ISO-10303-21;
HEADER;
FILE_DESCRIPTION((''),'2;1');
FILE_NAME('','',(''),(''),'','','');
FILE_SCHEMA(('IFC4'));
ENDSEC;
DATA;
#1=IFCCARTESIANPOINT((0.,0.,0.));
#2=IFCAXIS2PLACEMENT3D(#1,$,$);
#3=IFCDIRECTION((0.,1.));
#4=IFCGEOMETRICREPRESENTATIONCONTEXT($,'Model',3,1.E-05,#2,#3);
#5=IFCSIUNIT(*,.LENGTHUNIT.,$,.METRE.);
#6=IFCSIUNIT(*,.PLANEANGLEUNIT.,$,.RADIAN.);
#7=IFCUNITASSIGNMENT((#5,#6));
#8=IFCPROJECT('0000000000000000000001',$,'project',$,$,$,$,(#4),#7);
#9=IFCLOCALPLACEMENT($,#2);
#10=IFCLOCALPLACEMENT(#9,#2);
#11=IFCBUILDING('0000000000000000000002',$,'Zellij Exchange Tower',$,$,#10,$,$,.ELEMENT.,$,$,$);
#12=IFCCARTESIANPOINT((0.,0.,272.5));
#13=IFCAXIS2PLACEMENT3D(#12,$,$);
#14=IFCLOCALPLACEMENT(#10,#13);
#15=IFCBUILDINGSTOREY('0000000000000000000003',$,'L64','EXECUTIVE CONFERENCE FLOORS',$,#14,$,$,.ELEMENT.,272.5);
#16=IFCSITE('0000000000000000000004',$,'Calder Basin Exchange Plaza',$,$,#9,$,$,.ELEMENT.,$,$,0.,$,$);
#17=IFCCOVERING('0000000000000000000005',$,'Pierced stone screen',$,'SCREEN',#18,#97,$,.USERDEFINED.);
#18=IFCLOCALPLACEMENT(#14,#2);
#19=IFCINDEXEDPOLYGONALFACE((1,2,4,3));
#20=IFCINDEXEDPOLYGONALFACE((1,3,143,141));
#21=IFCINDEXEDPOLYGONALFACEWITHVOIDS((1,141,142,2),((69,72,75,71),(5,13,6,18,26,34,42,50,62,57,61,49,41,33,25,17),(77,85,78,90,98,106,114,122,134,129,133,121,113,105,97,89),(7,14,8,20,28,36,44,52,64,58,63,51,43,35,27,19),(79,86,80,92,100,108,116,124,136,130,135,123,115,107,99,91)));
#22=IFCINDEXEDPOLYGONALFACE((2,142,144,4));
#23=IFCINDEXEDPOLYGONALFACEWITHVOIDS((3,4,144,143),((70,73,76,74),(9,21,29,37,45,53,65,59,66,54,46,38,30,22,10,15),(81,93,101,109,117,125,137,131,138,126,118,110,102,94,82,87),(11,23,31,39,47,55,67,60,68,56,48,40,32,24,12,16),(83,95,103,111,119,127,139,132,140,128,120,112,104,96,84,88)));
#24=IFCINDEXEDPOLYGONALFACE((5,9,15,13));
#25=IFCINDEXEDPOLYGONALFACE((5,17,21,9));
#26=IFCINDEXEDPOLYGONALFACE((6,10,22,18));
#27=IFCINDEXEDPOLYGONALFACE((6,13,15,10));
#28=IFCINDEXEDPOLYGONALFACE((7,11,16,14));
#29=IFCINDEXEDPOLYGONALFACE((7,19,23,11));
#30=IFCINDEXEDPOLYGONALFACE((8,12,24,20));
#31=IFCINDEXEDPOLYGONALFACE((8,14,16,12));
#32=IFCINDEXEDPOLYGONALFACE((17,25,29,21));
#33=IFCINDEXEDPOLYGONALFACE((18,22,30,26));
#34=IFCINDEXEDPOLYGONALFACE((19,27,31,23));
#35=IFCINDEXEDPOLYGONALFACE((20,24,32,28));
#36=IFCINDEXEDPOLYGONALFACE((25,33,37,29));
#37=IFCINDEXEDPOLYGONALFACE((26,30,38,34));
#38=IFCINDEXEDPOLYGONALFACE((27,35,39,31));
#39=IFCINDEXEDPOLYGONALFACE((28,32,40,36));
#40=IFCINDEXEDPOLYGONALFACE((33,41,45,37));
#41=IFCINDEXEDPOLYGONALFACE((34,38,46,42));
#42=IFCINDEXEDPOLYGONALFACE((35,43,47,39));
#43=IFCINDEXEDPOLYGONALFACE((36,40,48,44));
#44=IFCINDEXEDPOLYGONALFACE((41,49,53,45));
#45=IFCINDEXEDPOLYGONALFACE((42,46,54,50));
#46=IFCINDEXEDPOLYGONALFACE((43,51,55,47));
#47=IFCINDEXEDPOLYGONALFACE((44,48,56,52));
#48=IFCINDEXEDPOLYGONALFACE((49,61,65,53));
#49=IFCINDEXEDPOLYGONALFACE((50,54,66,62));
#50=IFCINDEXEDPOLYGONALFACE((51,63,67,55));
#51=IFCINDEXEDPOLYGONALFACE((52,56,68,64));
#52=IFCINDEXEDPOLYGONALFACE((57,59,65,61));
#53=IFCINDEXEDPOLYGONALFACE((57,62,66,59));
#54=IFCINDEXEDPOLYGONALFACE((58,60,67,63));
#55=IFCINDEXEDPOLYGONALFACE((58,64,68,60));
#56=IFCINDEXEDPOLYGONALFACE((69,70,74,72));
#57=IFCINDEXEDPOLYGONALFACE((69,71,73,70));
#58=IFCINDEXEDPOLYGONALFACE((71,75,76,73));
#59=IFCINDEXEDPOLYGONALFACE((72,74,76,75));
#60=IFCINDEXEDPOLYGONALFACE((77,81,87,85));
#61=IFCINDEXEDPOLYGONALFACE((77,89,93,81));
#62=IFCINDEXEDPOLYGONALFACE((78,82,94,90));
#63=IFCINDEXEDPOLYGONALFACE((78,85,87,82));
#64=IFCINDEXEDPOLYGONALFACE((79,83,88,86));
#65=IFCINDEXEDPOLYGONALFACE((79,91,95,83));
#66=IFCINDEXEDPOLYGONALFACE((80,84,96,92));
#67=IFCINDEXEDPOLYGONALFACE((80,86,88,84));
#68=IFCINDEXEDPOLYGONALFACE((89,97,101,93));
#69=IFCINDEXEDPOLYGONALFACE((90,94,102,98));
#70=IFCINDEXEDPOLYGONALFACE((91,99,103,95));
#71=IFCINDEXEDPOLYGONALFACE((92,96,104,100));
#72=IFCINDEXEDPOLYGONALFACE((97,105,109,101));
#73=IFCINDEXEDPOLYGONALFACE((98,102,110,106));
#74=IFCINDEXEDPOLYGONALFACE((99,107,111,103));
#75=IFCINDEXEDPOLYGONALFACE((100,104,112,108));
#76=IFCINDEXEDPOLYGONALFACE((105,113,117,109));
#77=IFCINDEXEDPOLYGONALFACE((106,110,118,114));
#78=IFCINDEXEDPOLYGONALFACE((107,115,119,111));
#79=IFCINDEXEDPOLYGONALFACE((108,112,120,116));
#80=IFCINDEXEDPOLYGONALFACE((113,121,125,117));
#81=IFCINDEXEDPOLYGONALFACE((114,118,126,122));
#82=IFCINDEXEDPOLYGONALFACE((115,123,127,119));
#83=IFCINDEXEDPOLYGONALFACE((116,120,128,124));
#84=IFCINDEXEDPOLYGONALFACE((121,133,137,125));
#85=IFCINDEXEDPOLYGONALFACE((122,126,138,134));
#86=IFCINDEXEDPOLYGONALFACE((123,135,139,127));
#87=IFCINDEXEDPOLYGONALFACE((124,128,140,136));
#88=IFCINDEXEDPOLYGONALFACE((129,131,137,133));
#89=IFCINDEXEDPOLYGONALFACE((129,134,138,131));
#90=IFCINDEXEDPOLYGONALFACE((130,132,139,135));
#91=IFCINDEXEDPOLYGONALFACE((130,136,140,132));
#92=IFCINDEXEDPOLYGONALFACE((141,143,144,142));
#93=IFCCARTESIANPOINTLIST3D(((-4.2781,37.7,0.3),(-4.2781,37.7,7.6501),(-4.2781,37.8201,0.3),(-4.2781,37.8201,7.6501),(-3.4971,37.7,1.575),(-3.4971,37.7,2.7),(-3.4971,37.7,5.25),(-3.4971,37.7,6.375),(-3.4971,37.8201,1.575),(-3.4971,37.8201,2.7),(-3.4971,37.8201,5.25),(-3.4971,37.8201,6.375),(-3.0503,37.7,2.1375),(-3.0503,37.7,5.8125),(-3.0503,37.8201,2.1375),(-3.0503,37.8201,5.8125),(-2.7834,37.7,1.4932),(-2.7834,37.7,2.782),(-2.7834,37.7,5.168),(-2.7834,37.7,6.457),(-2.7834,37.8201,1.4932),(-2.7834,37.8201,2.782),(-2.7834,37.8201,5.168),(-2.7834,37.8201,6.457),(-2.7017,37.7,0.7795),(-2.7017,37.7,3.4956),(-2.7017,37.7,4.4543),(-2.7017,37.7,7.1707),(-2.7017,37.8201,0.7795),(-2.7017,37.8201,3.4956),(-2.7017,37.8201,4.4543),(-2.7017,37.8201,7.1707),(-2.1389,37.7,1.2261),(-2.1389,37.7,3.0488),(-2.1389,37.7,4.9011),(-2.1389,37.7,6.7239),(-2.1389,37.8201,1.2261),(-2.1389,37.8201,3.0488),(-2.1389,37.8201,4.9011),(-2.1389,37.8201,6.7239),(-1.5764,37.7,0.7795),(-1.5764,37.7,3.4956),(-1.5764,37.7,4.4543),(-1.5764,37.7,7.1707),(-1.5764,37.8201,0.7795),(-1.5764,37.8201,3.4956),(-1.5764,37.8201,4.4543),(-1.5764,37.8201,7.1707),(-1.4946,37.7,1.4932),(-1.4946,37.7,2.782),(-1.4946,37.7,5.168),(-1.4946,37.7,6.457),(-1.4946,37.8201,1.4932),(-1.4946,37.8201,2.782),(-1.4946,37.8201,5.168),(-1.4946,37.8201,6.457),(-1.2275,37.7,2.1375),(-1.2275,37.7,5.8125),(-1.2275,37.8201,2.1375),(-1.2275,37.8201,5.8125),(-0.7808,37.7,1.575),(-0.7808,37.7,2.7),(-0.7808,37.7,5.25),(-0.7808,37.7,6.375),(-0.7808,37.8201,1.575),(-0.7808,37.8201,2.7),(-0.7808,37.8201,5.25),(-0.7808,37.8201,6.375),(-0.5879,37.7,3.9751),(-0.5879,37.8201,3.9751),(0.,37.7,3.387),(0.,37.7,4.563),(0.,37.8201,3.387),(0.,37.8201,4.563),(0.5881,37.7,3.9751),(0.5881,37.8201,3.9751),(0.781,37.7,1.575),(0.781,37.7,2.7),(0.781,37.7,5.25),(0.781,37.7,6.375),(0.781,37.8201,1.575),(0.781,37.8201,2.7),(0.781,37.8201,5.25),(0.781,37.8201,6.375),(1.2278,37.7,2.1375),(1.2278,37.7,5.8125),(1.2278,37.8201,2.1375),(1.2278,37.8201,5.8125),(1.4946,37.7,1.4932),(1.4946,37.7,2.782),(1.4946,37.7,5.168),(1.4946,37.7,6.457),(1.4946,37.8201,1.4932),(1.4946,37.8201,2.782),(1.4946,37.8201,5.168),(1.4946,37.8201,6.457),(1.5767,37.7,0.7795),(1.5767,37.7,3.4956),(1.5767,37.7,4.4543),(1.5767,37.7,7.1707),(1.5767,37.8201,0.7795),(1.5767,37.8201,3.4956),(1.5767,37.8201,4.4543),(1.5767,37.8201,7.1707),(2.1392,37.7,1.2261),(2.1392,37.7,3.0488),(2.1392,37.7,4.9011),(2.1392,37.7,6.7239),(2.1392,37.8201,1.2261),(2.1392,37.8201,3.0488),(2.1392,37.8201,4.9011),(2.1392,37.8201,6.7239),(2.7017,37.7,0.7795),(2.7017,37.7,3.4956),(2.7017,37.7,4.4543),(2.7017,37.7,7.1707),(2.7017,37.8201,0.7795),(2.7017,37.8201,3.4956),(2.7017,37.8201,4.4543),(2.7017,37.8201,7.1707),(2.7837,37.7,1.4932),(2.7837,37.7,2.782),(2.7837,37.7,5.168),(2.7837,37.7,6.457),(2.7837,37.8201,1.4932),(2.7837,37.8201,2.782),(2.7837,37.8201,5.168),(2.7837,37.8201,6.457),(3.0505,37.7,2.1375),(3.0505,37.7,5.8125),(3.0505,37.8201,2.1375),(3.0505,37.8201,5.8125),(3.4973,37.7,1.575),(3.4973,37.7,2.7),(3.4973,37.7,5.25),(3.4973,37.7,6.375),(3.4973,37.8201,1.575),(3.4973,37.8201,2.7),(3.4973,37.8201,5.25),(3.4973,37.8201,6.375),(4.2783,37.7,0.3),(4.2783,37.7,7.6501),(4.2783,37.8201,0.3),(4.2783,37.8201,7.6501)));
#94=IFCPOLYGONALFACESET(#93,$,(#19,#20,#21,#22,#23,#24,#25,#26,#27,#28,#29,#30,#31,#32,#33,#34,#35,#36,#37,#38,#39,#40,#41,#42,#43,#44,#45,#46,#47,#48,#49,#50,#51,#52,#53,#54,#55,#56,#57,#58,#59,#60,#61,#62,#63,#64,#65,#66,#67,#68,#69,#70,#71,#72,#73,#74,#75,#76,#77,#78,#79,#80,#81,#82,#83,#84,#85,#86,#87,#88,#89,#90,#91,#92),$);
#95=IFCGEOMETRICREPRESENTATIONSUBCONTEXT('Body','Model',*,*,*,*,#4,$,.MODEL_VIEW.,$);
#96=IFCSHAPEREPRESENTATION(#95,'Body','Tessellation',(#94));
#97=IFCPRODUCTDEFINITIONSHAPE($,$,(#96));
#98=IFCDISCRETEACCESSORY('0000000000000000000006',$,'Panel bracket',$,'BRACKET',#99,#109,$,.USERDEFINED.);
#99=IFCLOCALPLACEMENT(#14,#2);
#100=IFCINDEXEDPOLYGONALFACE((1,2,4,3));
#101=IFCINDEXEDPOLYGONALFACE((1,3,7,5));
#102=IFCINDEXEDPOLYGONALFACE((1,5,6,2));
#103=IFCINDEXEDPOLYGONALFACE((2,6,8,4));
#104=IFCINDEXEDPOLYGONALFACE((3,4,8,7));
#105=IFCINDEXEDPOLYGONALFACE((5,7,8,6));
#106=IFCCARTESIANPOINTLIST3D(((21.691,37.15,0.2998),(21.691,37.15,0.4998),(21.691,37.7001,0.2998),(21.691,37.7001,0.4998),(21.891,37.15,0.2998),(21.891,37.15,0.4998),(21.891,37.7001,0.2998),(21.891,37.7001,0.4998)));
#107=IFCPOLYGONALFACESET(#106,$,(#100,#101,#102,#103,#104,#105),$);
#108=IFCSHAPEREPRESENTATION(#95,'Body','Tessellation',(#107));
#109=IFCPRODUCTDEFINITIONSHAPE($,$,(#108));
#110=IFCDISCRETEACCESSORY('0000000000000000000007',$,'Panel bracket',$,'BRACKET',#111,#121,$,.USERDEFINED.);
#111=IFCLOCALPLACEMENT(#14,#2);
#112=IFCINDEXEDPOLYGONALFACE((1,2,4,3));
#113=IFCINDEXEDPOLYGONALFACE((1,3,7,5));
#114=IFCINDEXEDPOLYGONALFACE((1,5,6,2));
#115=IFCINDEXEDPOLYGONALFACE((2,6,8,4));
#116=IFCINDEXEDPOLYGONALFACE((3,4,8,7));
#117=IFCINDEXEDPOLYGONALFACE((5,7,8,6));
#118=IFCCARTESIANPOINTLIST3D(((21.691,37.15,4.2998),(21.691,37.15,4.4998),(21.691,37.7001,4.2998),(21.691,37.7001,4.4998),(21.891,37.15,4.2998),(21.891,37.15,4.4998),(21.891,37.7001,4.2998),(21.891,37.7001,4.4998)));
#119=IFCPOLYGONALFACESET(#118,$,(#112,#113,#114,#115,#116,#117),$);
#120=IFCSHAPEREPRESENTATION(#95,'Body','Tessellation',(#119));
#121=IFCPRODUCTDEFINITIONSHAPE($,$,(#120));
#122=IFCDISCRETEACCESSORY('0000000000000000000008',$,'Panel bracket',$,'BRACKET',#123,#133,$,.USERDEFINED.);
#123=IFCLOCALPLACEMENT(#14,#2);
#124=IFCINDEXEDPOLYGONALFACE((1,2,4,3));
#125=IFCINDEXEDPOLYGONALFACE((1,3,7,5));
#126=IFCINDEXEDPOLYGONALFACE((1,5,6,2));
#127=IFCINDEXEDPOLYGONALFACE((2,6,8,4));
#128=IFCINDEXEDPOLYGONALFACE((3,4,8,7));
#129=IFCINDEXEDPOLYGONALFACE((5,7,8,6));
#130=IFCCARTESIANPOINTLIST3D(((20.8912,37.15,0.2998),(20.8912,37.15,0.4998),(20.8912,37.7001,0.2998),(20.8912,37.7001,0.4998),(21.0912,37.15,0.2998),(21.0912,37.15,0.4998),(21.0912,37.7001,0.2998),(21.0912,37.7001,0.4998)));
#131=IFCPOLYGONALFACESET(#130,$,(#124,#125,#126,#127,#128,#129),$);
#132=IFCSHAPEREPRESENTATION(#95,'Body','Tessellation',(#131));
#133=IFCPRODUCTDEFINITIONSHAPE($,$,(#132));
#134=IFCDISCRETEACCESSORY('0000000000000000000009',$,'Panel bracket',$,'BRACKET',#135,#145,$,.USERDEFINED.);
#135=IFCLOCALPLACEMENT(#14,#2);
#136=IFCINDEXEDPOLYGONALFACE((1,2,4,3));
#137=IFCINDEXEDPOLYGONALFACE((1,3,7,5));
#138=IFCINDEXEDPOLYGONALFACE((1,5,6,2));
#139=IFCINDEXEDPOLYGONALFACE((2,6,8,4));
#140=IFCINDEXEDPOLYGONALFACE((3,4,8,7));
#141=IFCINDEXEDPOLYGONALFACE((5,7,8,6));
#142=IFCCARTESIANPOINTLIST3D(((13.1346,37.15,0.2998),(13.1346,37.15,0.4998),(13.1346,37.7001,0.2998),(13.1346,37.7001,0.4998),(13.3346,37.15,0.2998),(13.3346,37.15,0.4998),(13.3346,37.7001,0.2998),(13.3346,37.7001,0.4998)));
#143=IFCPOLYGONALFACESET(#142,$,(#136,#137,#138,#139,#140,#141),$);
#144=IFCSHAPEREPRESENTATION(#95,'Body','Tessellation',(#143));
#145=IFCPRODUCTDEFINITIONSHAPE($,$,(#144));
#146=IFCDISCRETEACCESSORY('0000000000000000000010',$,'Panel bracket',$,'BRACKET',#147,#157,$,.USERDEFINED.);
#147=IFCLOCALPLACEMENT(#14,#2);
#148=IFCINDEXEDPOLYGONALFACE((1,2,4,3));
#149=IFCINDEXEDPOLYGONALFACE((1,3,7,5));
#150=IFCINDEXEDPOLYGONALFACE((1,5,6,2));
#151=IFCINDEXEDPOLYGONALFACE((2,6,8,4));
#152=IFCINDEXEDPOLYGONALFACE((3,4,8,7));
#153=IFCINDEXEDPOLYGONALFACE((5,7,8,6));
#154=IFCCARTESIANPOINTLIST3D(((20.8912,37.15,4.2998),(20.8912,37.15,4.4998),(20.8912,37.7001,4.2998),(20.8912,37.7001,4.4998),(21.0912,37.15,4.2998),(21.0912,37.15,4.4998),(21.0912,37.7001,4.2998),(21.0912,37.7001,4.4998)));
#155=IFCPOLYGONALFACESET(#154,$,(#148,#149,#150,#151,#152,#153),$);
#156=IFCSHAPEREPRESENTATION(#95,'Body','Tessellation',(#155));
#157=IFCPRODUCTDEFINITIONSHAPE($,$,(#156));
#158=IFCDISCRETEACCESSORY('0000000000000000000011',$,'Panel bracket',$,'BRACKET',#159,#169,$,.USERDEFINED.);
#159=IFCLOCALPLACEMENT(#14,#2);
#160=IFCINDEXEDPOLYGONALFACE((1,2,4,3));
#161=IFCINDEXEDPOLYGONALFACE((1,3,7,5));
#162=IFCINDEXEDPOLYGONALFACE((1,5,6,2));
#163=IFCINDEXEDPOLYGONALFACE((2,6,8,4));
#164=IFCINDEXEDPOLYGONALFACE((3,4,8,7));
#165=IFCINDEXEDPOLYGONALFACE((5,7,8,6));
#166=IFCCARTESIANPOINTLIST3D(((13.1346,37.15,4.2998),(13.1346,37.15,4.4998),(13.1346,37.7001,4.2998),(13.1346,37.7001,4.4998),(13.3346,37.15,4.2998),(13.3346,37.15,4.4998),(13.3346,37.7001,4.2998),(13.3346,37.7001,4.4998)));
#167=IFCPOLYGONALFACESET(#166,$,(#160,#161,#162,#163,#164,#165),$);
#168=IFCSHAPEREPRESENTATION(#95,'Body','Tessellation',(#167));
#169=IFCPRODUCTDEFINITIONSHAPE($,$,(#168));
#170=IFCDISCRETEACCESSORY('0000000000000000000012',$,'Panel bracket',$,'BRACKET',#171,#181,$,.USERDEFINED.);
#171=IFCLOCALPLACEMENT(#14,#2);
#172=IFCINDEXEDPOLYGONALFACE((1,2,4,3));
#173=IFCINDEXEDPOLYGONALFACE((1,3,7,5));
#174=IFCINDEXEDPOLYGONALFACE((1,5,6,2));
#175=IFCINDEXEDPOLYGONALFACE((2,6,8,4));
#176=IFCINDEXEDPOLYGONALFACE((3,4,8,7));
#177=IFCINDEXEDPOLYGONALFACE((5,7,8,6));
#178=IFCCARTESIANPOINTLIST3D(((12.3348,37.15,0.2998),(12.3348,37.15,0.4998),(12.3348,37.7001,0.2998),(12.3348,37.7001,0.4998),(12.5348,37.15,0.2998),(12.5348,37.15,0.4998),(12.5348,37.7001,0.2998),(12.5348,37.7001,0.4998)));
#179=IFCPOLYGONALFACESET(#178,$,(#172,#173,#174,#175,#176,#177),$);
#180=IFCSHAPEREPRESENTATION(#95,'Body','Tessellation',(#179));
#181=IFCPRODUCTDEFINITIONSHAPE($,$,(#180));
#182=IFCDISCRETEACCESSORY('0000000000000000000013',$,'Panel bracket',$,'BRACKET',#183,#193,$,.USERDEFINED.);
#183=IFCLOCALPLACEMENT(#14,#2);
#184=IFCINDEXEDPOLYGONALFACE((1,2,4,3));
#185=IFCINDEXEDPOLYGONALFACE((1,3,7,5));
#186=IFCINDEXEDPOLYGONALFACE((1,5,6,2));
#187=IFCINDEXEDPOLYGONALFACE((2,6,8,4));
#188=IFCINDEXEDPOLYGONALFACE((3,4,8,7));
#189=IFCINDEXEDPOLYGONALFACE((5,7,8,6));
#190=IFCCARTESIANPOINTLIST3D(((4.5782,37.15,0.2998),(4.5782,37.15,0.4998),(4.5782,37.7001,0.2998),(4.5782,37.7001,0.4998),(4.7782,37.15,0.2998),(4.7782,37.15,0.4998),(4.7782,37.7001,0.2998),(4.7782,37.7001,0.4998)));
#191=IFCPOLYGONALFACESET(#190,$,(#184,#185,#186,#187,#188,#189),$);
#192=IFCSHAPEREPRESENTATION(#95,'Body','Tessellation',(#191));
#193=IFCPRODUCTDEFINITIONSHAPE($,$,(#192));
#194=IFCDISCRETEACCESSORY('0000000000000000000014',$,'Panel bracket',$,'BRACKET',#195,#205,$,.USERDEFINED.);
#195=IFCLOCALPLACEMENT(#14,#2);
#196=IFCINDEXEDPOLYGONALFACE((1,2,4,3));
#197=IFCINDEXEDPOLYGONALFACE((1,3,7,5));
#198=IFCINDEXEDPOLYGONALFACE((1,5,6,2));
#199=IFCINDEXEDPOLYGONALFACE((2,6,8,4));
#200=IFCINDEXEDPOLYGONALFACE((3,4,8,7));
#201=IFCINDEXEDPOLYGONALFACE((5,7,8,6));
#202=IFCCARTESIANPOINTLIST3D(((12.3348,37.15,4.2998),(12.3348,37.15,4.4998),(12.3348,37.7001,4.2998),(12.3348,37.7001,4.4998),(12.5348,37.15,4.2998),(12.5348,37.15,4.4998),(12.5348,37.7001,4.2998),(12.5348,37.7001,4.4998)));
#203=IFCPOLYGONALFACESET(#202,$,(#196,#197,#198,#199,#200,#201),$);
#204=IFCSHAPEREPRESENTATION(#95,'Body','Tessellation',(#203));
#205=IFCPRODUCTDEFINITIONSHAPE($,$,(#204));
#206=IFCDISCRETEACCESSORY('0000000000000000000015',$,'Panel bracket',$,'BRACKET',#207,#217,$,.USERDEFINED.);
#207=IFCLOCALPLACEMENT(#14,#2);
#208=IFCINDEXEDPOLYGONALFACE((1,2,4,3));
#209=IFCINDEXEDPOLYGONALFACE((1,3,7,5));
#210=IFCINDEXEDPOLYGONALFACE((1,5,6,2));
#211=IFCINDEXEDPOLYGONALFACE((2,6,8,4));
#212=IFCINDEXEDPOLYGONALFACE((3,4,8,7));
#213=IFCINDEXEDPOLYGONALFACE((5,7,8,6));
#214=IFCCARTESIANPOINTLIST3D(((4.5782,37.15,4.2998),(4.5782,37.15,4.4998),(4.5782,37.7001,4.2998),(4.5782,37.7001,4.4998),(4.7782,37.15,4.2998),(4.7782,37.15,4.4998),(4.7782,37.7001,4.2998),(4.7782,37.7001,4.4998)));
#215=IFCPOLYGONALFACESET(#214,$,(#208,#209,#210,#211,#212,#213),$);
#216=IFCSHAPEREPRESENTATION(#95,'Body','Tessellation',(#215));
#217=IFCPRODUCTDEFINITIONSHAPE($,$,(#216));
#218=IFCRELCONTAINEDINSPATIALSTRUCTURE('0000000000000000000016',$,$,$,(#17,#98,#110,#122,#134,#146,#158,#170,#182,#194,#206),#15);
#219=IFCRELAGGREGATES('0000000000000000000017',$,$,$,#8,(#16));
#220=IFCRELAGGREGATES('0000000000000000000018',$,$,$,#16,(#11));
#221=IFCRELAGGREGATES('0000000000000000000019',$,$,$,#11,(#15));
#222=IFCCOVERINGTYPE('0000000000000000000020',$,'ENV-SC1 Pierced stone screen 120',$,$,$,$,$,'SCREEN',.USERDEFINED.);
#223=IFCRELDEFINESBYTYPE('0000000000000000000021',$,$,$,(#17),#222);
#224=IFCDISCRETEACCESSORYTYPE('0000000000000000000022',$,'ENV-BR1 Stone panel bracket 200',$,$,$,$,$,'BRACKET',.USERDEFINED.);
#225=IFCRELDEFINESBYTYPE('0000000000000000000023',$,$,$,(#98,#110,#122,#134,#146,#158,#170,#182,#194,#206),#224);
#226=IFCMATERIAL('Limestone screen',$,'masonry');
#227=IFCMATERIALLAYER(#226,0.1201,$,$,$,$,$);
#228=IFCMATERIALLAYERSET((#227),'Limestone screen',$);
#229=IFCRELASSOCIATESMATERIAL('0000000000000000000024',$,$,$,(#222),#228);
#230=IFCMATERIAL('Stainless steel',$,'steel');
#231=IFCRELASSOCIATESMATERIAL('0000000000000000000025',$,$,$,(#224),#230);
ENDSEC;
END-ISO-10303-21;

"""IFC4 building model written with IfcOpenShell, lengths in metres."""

from ifc_helpers import new_model, si_unit, direction, frame, origin, origin_2d, place, context, subcontext, project, spatial, polyline, rectangle, outline, extrude, material, layer, layer_set, type_object, element, save


model = new_model("IFC4")

# Units and contexts
model_context = context("Model", 3, precision=1e-05, world=origin(), true_north=direction((0.0, 1.0)))
body_context = subcontext(model_context, "Body", "Model", "MODEL_VIEW")
ifc_project = project(units=[si_unit("LENGTHUNIT", "METRE"), si_unit("PLANEANGLEUNIT", "RADIAN")], contexts=[model_context])

# Site, building, storey
site_placement = place(None, origin())
site = spatial("IfcSite", under=ifc_project, at=site_placement, Name="Calder Basin Exchange Plaza", CompositionType="ELEMENT", RefElevation=0.0)
building_placement = place(site_placement, origin())
building = spatial("IfcBuilding", under=site, at=building_placement, Name="Zellij Exchange Tower", CompositionType="ELEMENT")
storey_placement = place(building_placement, frame((0.0, 0.0, 272.5)))
storey = spatial("IfcBuildingStorey", under=building, at=storey_placement, Name="L64", Description="EXECUTIVE CONFERENCE FLOORS", CompositionType="ELEMENT", Elevation=272.5)

# Covering
ifc_material_1 = material(Name="Limestone screen", Category="masonry")
ifc_layer_1 = layer(ifc_material_1, 0.1201)
ifc_layer_set_1 = layer_set([ifc_layer_1], Name="Limestone screen")
covering_type = type_object("IfcCoveringType", Name="ENV-SC1 Pierced stone screen 120", ElementType="SCREEN", PredefinedType="USERDEFINED", material=ifc_layer_set_1)
covering_1_placement = place(storey_placement, frame((4.2783, 37.76, 0.3), z_axis=(0.0, 0.0, 1.0), x_axis=(-1.0, 0.0, 0.0)))
element("IfcCovering", 1, at=covering_1_placement, inside=storey, type_object=covering_type, Name="Pierced stone screen", ObjectType="SCREEN", PredefinedType="USERDEFINED", context=body_context, shape_type="SweptSolid", body=[
    extrude(outline(polyline([(0.0, 0.0), (8.5564, 0.0), (8.5564, 7.3501), (0.0, 7.3501), (0.0, 0.0)]), holes=[polyline([(3.4973, 2.3999), (2.7837, 2.4819), (2.7017, 3.1956), (2.1392, 2.7488), (1.5767, 3.1956), (1.4946, 2.4819), (0.781, 2.3999), (1.2278, 1.8374), (0.781, 1.2749), (1.4946, 1.1931), (1.5767, 0.4795), (2.1392, 0.926), (2.7017, 0.4795), (2.7837, 1.1931), (3.4973, 1.2749), (3.0505, 1.8374), (3.4973, 2.3999)]), polyline([(3.4973, 6.075), (2.7837, 6.157), (2.7017, 6.8706), (2.1392, 6.4238), (1.5767, 6.8706), (1.4946, 6.157), (0.781, 6.075), (1.2278, 5.5125), (0.781, 4.95), (1.4946, 4.8679), (1.5767, 4.1543), (2.1392, 4.6011), (2.7017, 4.1543), (2.7837, 4.8679), (3.4973, 4.95), (3.0505, 5.5125), (3.4973, 6.075)]), polyline([(7.7754, 2.3999), (7.0618, 2.4819), (6.98, 3.1956), (6.4172, 2.7488), (5.8547, 3.1956), (5.7729, 2.4819), (5.0591, 2.3999), (5.5059, 1.8374), (5.0591, 1.2749), (5.7729, 1.1931), (5.8547, 0.4795), (6.4172, 0.926), (6.98, 0.4795), (7.0618, 1.1931), (7.7754, 1.2749), (7.3286, 1.8374), (7.7754, 2.3999)]), polyline([(7.7754, 6.075), (7.0618, 6.157), (6.98, 6.8706), (6.4172, 6.4238), (5.8547, 6.8706), (5.7729, 6.157), (5.0591, 6.075), (5.5059, 5.5125), (5.0591, 4.95), (5.7729, 4.8679), (5.8547, 4.1543), (6.4172, 4.6011), (6.98, 4.1543), (7.0618, 4.8679), (7.7754, 4.95), (7.3286, 5.5125), (7.7754, 6.075)]), polyline([(4.8662, 3.675), (4.2783, 4.2629), (3.6902, 3.675), (4.2783, 3.0869), (4.8662, 3.675)])]), frame((0.0, 0.0601, 0.0), z_axis=(0.0, -1.0, 0.0), x_axis=(1.0, 0.0, 0.0)), (0.0, 0.0, 1.0), 0.1201),
])

# Discrete accessories
ifc_material_2 = material(Name="Stainless steel", Category="steel")
discrete_accessory_type = type_object("IfcDiscreteAccessoryType", Name="ENV-BR1 Stone panel bracket 200", ElementType="BRACKET", PredefinedType="USERDEFINED", material=ifc_material_2)
for number, where, z_axis, x_axis, name in (
    (2, (21.791, 37.425, 0.2998), (0.0, 0.0, 1.0), (-1.0, 0.0, 0.0), "Panel bracket"),
    (3, (21.791, 37.425, 4.2998), (0.0, 0.0, 1.0), (-1.0, 0.0, 0.0), "Panel bracket"),
    (4, (20.9912, 37.425, 0.2998), (0.0, 0.0, 1.0), (-1.0, 0.0, 0.0), "Panel bracket"),
    (5, (13.2346, 37.425, 0.2998), (0.0, 0.0, 1.0), (-1.0, 0.0, 0.0), "Panel bracket"),
    (6, (20.9912, 37.425, 4.2998), (0.0, 0.0, 1.0), (-1.0, 0.0, 0.0), "Panel bracket"),
    (7, (13.2346, 37.425, 4.2998), (0.0, 0.0, 1.0), (-1.0, 0.0, 0.0), "Panel bracket"),
    (8, (12.4348, 37.425, 0.2998), (0.0, 0.0, 1.0), (-1.0, 0.0, 0.0), "Panel bracket"),
    (9, (4.6782, 37.425, 0.2998), (0.0, 0.0, 1.0), (-1.0, 0.0, 0.0), "Panel bracket"),
    (10, (12.4348, 37.425, 4.2998), (0.0, 0.0, 1.0), (-1.0, 0.0, 0.0), "Panel bracket"),
    (11, (4.6782, 37.425, 4.2998), (0.0, 0.0, 1.0), (-1.0, 0.0, 0.0), "Panel bracket"),
):
    element("IfcDiscreteAccessory", number, at=place(storey_placement, frame(where, z_axis=z_axis, x_axis=x_axis)), inside=storey, type_object=discrete_accessory_type, Name=name, ObjectType="BRACKET", PredefinedType="USERDEFINED", context=body_context, shape_type="SweptSolid", body=[
        extrude(rectangle(XDim=0.2, YDim=0.55, at=origin_2d()), origin(), (0.0, 0.0, 1.0), 0.2),
    ])

save(model, "model.ifc")
